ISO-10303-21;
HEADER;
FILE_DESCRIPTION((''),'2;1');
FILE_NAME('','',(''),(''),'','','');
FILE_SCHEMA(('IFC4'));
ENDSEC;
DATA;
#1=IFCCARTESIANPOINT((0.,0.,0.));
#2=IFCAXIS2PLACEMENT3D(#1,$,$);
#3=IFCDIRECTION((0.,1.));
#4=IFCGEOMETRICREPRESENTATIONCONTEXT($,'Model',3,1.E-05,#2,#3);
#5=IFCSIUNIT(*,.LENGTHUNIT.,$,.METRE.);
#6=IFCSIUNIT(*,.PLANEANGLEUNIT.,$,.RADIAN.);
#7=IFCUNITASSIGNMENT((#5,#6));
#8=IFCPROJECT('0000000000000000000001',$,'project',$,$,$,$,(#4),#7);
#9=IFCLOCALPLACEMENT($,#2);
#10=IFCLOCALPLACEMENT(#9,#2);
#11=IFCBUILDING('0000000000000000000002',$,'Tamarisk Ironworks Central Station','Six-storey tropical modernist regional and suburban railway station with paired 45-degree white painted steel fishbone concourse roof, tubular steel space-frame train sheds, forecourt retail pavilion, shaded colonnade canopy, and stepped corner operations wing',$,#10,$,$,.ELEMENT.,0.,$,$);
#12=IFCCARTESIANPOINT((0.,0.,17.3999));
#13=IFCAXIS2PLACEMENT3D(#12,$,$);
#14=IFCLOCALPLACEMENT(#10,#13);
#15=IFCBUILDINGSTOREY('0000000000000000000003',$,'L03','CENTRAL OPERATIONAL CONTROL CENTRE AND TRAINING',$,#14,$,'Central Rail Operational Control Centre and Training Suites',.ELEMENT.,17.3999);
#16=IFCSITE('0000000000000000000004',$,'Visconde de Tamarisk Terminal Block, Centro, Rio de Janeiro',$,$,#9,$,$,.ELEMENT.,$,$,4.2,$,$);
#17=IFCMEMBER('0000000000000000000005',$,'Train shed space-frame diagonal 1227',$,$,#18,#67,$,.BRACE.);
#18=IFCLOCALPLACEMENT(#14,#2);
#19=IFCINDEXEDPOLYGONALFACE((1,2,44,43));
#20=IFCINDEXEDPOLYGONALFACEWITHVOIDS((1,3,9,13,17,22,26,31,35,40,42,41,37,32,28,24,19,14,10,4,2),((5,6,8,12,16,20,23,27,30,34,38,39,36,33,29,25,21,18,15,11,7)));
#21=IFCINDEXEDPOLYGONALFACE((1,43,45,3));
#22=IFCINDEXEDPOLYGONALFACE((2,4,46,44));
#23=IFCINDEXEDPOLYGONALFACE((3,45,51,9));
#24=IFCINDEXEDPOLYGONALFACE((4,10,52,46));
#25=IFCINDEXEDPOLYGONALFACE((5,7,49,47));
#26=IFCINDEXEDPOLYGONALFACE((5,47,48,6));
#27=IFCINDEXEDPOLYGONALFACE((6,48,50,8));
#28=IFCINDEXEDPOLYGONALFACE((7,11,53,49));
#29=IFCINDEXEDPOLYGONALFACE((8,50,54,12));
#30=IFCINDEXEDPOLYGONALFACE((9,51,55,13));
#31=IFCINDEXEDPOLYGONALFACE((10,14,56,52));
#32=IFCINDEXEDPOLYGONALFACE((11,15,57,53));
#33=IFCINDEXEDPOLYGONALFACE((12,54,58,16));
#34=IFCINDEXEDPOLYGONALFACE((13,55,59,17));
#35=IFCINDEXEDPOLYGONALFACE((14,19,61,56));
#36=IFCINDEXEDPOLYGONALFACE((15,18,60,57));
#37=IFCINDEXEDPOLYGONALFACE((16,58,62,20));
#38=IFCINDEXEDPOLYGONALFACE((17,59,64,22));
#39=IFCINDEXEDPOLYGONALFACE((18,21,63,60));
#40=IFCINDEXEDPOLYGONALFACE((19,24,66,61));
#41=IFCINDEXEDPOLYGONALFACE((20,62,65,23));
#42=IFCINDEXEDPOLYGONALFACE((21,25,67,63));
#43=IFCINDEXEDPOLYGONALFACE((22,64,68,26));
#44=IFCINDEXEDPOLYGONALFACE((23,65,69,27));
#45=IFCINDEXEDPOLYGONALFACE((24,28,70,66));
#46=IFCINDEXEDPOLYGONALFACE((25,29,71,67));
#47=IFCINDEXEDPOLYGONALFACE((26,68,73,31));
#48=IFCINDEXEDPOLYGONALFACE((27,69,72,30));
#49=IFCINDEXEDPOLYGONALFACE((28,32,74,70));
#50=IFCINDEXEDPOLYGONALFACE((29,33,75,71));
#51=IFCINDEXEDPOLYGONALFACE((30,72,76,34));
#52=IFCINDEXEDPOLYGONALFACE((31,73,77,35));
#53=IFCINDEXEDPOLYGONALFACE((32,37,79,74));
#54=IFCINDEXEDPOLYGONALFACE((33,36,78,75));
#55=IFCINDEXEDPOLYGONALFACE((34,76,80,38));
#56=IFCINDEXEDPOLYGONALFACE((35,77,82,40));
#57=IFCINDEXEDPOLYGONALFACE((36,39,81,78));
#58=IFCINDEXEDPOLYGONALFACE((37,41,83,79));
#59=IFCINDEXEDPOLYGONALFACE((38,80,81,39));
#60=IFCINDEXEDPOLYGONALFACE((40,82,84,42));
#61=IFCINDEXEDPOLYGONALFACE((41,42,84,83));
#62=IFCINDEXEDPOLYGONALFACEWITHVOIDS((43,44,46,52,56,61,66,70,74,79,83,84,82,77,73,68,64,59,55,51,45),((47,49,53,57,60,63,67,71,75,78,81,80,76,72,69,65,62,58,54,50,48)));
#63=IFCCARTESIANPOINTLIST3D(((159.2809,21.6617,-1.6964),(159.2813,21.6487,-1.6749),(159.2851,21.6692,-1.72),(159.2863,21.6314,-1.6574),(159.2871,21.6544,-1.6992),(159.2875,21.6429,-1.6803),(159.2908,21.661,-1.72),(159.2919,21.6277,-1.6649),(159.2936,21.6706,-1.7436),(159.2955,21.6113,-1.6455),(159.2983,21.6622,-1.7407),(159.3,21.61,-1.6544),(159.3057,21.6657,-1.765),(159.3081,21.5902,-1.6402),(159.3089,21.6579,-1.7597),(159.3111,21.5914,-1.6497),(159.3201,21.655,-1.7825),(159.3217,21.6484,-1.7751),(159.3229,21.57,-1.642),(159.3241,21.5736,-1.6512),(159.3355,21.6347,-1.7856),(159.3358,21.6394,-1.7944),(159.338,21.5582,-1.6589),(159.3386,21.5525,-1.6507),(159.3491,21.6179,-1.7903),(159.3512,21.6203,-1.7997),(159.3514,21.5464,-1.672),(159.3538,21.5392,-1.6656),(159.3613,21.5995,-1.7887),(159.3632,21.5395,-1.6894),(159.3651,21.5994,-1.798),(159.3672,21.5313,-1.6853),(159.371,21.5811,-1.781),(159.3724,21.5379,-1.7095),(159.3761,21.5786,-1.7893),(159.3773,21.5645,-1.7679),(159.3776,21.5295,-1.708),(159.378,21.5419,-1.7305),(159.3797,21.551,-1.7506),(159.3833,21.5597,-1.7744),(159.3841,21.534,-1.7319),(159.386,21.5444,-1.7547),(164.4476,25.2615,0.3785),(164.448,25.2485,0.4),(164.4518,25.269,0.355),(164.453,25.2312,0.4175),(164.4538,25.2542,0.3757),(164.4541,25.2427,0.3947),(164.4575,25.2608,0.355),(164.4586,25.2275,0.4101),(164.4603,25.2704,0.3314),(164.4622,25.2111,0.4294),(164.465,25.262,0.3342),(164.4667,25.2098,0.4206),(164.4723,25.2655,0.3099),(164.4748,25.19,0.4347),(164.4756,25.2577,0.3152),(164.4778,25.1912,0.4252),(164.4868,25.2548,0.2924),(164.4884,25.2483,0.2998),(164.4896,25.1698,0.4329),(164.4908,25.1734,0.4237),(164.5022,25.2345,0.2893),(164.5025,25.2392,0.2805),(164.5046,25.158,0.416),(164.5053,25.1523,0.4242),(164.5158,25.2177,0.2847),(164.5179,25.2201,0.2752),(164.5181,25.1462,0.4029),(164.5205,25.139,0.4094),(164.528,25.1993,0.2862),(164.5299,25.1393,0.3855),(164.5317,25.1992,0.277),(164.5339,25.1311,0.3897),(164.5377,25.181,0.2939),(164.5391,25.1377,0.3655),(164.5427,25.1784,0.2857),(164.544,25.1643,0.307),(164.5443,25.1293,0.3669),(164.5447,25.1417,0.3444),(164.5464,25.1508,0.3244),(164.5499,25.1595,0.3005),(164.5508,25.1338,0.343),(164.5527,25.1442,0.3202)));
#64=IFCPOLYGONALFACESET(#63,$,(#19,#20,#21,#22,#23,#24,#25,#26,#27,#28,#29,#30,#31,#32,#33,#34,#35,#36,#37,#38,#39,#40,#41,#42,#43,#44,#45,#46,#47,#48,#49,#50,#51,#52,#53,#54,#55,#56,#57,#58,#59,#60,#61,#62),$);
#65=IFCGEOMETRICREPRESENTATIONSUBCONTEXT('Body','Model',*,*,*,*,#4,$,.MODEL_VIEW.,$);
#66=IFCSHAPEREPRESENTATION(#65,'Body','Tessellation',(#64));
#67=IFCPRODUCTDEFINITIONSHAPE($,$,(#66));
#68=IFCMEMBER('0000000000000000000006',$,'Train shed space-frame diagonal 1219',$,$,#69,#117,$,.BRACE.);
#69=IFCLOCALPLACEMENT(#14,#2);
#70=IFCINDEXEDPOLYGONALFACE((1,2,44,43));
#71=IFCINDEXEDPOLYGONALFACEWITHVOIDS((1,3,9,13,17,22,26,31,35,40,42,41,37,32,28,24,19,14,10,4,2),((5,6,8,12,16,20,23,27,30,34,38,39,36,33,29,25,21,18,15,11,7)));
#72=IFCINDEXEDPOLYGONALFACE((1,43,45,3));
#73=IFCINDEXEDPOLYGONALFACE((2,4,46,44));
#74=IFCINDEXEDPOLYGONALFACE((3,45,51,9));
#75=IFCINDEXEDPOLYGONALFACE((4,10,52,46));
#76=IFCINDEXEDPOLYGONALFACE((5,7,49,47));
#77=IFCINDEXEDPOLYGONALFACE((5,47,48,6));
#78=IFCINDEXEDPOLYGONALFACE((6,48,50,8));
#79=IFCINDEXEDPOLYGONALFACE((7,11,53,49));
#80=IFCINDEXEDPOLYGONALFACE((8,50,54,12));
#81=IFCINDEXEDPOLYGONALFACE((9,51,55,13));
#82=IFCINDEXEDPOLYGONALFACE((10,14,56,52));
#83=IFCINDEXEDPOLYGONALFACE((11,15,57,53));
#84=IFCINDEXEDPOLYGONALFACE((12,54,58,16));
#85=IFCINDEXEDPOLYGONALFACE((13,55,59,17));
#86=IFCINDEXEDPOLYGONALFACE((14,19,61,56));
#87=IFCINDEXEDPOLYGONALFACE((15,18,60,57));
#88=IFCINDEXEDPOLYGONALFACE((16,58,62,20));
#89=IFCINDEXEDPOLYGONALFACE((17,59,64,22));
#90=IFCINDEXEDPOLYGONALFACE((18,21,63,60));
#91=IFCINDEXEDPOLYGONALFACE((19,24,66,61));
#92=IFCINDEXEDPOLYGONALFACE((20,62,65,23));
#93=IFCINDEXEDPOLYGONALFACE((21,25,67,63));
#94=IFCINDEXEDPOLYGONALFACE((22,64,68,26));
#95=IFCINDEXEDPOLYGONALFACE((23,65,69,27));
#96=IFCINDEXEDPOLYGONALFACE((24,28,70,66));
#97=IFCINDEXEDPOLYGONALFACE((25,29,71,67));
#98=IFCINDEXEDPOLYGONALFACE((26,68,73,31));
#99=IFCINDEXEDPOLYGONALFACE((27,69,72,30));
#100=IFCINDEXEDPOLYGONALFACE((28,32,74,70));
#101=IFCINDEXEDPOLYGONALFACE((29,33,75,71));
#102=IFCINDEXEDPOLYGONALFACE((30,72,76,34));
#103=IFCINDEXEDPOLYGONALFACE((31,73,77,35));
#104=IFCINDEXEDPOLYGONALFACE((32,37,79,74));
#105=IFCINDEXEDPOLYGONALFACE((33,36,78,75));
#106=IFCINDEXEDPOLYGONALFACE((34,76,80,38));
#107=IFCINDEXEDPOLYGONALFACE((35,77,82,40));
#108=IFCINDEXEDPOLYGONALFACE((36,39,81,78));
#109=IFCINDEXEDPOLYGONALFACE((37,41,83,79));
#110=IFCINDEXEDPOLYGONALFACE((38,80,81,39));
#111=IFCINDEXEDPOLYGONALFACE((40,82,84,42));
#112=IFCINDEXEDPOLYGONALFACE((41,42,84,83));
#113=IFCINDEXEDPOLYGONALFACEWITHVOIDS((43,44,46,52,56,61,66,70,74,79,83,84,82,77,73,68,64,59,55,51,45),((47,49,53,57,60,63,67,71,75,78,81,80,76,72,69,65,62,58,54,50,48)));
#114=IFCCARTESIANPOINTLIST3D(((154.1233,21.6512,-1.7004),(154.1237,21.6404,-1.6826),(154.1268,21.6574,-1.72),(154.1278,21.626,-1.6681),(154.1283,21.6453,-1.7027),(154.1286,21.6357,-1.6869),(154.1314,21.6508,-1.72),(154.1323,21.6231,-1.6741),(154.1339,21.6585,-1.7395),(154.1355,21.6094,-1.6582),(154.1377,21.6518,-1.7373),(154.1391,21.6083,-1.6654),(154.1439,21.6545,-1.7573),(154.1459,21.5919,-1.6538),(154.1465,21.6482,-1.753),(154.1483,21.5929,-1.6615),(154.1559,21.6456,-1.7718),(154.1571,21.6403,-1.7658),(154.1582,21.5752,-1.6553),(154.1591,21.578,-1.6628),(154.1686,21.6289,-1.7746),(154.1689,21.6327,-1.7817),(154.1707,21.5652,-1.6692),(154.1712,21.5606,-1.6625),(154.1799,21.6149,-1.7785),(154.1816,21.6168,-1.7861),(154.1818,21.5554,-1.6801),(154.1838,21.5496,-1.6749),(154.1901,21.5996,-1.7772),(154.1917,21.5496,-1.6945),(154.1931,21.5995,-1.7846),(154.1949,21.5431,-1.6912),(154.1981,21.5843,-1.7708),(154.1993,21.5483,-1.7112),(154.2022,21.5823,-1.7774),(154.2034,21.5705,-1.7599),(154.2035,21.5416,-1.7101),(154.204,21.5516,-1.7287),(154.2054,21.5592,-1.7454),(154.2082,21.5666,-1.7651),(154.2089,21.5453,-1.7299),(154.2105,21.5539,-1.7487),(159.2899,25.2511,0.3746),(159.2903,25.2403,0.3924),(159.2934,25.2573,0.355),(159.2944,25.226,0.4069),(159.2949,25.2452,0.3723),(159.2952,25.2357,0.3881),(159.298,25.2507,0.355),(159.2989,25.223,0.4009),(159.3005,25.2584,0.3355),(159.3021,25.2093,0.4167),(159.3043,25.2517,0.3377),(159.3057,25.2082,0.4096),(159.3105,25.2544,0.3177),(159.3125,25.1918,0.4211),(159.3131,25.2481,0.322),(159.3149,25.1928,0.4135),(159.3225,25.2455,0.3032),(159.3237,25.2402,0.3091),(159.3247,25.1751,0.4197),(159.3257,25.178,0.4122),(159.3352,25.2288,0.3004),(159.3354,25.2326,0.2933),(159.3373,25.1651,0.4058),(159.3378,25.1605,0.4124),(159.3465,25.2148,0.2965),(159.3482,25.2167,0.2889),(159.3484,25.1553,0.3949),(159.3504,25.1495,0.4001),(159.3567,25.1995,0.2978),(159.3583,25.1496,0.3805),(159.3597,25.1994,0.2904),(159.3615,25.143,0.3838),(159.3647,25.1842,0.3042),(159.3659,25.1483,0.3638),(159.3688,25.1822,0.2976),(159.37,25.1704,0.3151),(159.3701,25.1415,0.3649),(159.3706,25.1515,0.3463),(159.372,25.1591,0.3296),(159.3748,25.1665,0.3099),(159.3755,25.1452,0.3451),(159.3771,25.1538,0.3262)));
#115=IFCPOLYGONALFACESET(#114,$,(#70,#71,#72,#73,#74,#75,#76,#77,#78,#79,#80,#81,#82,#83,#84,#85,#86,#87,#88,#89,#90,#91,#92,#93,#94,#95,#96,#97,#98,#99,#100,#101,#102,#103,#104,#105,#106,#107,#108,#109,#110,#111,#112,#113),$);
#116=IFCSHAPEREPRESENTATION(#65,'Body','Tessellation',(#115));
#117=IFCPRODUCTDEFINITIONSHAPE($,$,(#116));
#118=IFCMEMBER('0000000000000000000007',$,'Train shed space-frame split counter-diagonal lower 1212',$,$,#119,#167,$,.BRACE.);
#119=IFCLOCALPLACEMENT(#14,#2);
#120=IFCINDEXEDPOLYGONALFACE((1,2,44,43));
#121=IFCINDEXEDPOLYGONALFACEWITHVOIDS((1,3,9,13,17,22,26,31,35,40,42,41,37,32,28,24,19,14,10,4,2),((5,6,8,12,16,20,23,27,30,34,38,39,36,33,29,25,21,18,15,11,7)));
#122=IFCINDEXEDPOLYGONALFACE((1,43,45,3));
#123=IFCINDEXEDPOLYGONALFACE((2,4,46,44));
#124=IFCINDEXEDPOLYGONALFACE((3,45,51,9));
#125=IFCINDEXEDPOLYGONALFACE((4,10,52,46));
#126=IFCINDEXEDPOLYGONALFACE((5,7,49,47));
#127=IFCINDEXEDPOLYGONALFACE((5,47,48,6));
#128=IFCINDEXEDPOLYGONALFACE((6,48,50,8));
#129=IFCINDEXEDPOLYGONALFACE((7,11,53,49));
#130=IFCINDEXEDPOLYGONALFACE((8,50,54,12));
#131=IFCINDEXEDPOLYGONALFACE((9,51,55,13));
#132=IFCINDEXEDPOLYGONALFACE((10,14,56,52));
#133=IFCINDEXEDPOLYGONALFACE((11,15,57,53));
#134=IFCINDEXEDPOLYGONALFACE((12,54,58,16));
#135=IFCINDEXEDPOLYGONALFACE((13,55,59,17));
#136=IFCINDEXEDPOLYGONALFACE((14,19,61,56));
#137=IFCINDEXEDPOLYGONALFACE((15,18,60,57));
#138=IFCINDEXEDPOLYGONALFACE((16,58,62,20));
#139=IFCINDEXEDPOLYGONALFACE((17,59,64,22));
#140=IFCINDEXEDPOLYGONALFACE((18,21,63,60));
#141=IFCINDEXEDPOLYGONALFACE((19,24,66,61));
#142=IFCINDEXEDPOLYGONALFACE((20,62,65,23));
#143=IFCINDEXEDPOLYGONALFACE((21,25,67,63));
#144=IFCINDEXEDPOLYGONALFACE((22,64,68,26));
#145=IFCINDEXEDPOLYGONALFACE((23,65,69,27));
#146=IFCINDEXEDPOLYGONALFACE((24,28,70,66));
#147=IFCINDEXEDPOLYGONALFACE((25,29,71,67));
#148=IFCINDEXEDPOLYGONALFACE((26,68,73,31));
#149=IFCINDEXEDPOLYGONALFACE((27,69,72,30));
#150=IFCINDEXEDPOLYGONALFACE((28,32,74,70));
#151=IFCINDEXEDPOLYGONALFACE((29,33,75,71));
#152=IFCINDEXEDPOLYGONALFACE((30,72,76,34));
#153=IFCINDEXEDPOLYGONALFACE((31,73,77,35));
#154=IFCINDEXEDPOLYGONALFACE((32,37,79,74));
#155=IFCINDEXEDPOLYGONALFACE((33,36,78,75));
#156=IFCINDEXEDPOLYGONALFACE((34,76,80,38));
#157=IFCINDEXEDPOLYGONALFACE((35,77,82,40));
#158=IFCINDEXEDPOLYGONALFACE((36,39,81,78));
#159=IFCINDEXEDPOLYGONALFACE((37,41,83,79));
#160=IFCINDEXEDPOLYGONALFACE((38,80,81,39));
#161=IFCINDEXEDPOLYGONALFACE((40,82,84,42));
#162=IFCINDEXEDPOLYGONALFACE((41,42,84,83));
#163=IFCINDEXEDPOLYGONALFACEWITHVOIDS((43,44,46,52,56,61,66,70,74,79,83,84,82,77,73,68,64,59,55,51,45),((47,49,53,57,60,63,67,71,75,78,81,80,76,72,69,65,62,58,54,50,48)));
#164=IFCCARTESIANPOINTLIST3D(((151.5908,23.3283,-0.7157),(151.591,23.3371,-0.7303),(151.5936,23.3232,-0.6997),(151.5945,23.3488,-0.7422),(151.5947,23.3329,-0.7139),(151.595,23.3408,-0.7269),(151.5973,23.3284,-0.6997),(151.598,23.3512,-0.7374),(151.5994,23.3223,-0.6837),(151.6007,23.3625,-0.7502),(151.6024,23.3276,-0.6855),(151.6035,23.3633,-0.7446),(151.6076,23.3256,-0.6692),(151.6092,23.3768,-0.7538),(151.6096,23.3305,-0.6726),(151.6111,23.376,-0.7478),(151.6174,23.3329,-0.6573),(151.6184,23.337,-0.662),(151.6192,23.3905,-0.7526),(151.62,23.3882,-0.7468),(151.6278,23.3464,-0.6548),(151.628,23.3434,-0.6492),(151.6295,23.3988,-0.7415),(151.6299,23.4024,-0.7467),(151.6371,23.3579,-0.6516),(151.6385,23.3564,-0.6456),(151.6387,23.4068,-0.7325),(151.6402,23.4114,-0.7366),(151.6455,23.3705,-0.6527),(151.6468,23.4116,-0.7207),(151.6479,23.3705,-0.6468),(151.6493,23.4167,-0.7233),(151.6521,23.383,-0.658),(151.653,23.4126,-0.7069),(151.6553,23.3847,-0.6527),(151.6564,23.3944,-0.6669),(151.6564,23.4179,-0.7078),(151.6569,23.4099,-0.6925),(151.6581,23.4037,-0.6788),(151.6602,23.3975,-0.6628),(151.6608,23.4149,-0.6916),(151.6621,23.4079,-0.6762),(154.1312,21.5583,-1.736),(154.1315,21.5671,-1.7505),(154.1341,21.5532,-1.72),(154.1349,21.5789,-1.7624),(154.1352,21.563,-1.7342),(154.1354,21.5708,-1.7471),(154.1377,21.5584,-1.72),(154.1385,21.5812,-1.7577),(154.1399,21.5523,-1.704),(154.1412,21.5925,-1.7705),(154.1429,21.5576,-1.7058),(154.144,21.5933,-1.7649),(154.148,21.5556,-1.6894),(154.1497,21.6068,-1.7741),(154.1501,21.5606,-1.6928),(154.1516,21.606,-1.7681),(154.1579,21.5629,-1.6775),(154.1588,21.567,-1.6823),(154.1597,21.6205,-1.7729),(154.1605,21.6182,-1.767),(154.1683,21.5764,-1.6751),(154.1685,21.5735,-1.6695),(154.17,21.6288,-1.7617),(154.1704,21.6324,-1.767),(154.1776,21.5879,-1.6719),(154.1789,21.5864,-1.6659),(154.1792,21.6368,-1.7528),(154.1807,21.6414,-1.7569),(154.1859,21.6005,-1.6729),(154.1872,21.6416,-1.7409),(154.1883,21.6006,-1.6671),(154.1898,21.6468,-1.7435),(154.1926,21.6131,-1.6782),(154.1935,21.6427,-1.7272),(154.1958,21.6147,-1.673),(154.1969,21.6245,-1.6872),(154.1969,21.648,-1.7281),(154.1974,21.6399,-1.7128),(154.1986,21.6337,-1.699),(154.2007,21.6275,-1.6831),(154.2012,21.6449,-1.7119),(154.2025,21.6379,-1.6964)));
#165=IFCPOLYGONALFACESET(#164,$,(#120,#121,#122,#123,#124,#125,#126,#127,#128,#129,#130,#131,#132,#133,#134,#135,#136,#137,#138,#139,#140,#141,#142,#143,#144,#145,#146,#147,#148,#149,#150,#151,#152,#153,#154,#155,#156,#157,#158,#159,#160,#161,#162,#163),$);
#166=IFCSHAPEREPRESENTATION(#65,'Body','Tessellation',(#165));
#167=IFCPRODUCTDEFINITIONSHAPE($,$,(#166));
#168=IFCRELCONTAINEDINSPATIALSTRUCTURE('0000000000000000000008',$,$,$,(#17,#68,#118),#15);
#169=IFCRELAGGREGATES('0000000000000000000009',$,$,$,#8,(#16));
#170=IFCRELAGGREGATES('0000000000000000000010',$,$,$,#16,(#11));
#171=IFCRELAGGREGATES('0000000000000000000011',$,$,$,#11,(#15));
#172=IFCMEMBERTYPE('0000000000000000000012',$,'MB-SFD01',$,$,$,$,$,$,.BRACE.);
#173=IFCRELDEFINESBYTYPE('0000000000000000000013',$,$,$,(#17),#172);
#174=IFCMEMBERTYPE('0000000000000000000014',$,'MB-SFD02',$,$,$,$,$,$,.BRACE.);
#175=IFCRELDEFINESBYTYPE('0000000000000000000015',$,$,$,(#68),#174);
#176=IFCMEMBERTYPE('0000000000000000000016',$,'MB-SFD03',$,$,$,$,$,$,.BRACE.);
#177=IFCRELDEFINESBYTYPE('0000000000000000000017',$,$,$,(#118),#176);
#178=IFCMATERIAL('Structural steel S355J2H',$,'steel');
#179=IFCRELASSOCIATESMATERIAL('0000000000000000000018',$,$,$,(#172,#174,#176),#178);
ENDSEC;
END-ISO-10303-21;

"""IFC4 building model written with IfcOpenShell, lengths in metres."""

from ifc_helpers import new_model, si_unit, direction, frame, origin, origin_2d, place, context, subcontext, project, spatial, hollow_circle, extrude, material, material_profile, profile_set, type_object, element, save


model = new_model("IFC4")

# Units and contexts
model_context = context("Model", 3, precision=1e-05, world=origin(), true_north=direction((0.0, 1.0)))
body_context = subcontext(model_context, "Body", "Model", "MODEL_VIEW")
ifc_project = project(units=[si_unit("LENGTHUNIT", "METRE"), si_unit("PLANEANGLEUNIT", "RADIAN")], contexts=[model_context])

# Site, building, storey
site_placement = place(None, origin())
site = spatial("IfcSite", under=ifc_project, at=site_placement, Name="Visconde de Tamarisk Terminal Block, Centro, Rio de Janeiro", CompositionType="ELEMENT", RefElevation=4.2)
building_placement = place(site_placement, origin())
building = spatial("IfcBuilding", under=site, at=building_placement, Name="Tamarisk Ironworks Central Station", Description="Six-storey tropical modernist regional and suburban railway station with paired 45-degree white painted steel fishbone concourse roof, tubular steel space-frame train sheds, forecourt retail pavilion, shaded colonnade canopy, and stepped corner operations wing", CompositionType="ELEMENT", ElevationOfRefHeight=0.0)
storey_placement = place(building_placement, frame((0.0, 0.0, 17.3999)))
storey = spatial("IfcBuildingStorey", under=building, at=storey_placement, Name="L03", Description="CENTRAL OPERATIONAL CONTROL CENTRE AND TRAINING", LongName="Central Rail Operational Control Centre and Training Suites", CompositionType="ELEMENT", Elevation=17.3999)

# Members
ifc_material_1 = material(Name="Structural steel S355J2H", Category="steel")
ifc_material_profile_1 = material_profile(ifc_material_1, hollow_circle(Radius=0.0842, WallThickness=0.01, at=origin_2d()), Name="CHS 168.3x10")
ifc_profile_set_1 = profile_set([ifc_material_profile_1], Name="Structural steel S355J2H")
member_type_1 = type_object("IfcMemberType", Name="MB-SFD01", PredefinedType="BRACE", material=ifc_profile_set_1)
for number, where, z_axis, x_axis, name in (
    (1, (159.3333, 21.6001, -1.72), (0.779274, 0.542947, 0.312954), (-0.571663, 0.820489, 0.0), "Train shed space-frame diagonal 1227"),
):
    element("IfcMember", number, at=place(storey_placement, frame(where, z_axis=z_axis, x_axis=x_axis)), inside=storey, type_object=member_type_1, Name=name, PredefinedType="BRACE", context=body_context, shape_type="SweptSolid", body=[
        extrude(hollow_circle(Radius=0.0842, WallThickness=0.01, at=origin_2d()), origin(), (0.0, 0.0, 1.0), 6.6301),
    ])
ifc_material_profile_2 = material_profile(ifc_material_1, hollow_circle(Radius=0.0698, WallThickness=0.0081, at=origin_2d()), Name="CHS 139.7x8")
ifc_profile_set_2 = profile_set([ifc_material_profile_2], Name="Structural steel S355J2H")
member_type_2 = type_object("IfcMemberType", Name="MB-SFD02", PredefinedType="BRACE", material=ifc_profile_set_2)
member_1_placement = place(storey_placement, frame((154.1667, 21.6001, -1.72), z_axis=(0.779259, 0.542963, 0.312963), x_axis=(-0.571681, 0.820476, 0.0)))
element("IfcMember", 2, at=member_1_placement, inside=storey, type_object=member_type_2, Name="Train shed space-frame diagonal 1219", PredefinedType="BRACE", context=body_context, shape_type="SweptSolid", body=[
    extrude(hollow_circle(Radius=0.0698, WallThickness=0.0081, at=origin_2d()), origin(), (0.0, 0.0, 1.0), 6.6301),
])
ifc_material_profile_3 = material_profile(ifc_material_1, hollow_circle(Radius=0.0571, WallThickness=0.0063, at=origin_2d()), Name="CHS 114.3x6.3")
ifc_profile_set_3 = profile_set([ifc_material_profile_3], Name="Structural steel S355J2H")
member_type_3 = type_object("IfcMemberType", Name="MB-SFD03", PredefinedType="BRACE", material=ifc_profile_set_3)
for number, where, z_axis, x_axis, name in (
    (3, (154.1667, 21.6001, -1.72), (-0.779281, 0.542936, 0.312956), (-0.571651, -0.820497, 0.0), "Train shed space-frame split counter-diagonal lower 1212"),
):
    element("IfcMember", number, at=place(storey_placement, frame(where, z_axis=z_axis, x_axis=x_axis)), inside=storey, type_object=member_type_3, Name=name, PredefinedType="BRACE", context=body_context, shape_type="SweptSolid", body=[
        extrude(hollow_circle(Radius=0.0571, WallThickness=0.0063, at=origin_2d()), origin(), (0.0, 0.0, 1.0), 3.26),
    ])

save(model, "model.ifc")
